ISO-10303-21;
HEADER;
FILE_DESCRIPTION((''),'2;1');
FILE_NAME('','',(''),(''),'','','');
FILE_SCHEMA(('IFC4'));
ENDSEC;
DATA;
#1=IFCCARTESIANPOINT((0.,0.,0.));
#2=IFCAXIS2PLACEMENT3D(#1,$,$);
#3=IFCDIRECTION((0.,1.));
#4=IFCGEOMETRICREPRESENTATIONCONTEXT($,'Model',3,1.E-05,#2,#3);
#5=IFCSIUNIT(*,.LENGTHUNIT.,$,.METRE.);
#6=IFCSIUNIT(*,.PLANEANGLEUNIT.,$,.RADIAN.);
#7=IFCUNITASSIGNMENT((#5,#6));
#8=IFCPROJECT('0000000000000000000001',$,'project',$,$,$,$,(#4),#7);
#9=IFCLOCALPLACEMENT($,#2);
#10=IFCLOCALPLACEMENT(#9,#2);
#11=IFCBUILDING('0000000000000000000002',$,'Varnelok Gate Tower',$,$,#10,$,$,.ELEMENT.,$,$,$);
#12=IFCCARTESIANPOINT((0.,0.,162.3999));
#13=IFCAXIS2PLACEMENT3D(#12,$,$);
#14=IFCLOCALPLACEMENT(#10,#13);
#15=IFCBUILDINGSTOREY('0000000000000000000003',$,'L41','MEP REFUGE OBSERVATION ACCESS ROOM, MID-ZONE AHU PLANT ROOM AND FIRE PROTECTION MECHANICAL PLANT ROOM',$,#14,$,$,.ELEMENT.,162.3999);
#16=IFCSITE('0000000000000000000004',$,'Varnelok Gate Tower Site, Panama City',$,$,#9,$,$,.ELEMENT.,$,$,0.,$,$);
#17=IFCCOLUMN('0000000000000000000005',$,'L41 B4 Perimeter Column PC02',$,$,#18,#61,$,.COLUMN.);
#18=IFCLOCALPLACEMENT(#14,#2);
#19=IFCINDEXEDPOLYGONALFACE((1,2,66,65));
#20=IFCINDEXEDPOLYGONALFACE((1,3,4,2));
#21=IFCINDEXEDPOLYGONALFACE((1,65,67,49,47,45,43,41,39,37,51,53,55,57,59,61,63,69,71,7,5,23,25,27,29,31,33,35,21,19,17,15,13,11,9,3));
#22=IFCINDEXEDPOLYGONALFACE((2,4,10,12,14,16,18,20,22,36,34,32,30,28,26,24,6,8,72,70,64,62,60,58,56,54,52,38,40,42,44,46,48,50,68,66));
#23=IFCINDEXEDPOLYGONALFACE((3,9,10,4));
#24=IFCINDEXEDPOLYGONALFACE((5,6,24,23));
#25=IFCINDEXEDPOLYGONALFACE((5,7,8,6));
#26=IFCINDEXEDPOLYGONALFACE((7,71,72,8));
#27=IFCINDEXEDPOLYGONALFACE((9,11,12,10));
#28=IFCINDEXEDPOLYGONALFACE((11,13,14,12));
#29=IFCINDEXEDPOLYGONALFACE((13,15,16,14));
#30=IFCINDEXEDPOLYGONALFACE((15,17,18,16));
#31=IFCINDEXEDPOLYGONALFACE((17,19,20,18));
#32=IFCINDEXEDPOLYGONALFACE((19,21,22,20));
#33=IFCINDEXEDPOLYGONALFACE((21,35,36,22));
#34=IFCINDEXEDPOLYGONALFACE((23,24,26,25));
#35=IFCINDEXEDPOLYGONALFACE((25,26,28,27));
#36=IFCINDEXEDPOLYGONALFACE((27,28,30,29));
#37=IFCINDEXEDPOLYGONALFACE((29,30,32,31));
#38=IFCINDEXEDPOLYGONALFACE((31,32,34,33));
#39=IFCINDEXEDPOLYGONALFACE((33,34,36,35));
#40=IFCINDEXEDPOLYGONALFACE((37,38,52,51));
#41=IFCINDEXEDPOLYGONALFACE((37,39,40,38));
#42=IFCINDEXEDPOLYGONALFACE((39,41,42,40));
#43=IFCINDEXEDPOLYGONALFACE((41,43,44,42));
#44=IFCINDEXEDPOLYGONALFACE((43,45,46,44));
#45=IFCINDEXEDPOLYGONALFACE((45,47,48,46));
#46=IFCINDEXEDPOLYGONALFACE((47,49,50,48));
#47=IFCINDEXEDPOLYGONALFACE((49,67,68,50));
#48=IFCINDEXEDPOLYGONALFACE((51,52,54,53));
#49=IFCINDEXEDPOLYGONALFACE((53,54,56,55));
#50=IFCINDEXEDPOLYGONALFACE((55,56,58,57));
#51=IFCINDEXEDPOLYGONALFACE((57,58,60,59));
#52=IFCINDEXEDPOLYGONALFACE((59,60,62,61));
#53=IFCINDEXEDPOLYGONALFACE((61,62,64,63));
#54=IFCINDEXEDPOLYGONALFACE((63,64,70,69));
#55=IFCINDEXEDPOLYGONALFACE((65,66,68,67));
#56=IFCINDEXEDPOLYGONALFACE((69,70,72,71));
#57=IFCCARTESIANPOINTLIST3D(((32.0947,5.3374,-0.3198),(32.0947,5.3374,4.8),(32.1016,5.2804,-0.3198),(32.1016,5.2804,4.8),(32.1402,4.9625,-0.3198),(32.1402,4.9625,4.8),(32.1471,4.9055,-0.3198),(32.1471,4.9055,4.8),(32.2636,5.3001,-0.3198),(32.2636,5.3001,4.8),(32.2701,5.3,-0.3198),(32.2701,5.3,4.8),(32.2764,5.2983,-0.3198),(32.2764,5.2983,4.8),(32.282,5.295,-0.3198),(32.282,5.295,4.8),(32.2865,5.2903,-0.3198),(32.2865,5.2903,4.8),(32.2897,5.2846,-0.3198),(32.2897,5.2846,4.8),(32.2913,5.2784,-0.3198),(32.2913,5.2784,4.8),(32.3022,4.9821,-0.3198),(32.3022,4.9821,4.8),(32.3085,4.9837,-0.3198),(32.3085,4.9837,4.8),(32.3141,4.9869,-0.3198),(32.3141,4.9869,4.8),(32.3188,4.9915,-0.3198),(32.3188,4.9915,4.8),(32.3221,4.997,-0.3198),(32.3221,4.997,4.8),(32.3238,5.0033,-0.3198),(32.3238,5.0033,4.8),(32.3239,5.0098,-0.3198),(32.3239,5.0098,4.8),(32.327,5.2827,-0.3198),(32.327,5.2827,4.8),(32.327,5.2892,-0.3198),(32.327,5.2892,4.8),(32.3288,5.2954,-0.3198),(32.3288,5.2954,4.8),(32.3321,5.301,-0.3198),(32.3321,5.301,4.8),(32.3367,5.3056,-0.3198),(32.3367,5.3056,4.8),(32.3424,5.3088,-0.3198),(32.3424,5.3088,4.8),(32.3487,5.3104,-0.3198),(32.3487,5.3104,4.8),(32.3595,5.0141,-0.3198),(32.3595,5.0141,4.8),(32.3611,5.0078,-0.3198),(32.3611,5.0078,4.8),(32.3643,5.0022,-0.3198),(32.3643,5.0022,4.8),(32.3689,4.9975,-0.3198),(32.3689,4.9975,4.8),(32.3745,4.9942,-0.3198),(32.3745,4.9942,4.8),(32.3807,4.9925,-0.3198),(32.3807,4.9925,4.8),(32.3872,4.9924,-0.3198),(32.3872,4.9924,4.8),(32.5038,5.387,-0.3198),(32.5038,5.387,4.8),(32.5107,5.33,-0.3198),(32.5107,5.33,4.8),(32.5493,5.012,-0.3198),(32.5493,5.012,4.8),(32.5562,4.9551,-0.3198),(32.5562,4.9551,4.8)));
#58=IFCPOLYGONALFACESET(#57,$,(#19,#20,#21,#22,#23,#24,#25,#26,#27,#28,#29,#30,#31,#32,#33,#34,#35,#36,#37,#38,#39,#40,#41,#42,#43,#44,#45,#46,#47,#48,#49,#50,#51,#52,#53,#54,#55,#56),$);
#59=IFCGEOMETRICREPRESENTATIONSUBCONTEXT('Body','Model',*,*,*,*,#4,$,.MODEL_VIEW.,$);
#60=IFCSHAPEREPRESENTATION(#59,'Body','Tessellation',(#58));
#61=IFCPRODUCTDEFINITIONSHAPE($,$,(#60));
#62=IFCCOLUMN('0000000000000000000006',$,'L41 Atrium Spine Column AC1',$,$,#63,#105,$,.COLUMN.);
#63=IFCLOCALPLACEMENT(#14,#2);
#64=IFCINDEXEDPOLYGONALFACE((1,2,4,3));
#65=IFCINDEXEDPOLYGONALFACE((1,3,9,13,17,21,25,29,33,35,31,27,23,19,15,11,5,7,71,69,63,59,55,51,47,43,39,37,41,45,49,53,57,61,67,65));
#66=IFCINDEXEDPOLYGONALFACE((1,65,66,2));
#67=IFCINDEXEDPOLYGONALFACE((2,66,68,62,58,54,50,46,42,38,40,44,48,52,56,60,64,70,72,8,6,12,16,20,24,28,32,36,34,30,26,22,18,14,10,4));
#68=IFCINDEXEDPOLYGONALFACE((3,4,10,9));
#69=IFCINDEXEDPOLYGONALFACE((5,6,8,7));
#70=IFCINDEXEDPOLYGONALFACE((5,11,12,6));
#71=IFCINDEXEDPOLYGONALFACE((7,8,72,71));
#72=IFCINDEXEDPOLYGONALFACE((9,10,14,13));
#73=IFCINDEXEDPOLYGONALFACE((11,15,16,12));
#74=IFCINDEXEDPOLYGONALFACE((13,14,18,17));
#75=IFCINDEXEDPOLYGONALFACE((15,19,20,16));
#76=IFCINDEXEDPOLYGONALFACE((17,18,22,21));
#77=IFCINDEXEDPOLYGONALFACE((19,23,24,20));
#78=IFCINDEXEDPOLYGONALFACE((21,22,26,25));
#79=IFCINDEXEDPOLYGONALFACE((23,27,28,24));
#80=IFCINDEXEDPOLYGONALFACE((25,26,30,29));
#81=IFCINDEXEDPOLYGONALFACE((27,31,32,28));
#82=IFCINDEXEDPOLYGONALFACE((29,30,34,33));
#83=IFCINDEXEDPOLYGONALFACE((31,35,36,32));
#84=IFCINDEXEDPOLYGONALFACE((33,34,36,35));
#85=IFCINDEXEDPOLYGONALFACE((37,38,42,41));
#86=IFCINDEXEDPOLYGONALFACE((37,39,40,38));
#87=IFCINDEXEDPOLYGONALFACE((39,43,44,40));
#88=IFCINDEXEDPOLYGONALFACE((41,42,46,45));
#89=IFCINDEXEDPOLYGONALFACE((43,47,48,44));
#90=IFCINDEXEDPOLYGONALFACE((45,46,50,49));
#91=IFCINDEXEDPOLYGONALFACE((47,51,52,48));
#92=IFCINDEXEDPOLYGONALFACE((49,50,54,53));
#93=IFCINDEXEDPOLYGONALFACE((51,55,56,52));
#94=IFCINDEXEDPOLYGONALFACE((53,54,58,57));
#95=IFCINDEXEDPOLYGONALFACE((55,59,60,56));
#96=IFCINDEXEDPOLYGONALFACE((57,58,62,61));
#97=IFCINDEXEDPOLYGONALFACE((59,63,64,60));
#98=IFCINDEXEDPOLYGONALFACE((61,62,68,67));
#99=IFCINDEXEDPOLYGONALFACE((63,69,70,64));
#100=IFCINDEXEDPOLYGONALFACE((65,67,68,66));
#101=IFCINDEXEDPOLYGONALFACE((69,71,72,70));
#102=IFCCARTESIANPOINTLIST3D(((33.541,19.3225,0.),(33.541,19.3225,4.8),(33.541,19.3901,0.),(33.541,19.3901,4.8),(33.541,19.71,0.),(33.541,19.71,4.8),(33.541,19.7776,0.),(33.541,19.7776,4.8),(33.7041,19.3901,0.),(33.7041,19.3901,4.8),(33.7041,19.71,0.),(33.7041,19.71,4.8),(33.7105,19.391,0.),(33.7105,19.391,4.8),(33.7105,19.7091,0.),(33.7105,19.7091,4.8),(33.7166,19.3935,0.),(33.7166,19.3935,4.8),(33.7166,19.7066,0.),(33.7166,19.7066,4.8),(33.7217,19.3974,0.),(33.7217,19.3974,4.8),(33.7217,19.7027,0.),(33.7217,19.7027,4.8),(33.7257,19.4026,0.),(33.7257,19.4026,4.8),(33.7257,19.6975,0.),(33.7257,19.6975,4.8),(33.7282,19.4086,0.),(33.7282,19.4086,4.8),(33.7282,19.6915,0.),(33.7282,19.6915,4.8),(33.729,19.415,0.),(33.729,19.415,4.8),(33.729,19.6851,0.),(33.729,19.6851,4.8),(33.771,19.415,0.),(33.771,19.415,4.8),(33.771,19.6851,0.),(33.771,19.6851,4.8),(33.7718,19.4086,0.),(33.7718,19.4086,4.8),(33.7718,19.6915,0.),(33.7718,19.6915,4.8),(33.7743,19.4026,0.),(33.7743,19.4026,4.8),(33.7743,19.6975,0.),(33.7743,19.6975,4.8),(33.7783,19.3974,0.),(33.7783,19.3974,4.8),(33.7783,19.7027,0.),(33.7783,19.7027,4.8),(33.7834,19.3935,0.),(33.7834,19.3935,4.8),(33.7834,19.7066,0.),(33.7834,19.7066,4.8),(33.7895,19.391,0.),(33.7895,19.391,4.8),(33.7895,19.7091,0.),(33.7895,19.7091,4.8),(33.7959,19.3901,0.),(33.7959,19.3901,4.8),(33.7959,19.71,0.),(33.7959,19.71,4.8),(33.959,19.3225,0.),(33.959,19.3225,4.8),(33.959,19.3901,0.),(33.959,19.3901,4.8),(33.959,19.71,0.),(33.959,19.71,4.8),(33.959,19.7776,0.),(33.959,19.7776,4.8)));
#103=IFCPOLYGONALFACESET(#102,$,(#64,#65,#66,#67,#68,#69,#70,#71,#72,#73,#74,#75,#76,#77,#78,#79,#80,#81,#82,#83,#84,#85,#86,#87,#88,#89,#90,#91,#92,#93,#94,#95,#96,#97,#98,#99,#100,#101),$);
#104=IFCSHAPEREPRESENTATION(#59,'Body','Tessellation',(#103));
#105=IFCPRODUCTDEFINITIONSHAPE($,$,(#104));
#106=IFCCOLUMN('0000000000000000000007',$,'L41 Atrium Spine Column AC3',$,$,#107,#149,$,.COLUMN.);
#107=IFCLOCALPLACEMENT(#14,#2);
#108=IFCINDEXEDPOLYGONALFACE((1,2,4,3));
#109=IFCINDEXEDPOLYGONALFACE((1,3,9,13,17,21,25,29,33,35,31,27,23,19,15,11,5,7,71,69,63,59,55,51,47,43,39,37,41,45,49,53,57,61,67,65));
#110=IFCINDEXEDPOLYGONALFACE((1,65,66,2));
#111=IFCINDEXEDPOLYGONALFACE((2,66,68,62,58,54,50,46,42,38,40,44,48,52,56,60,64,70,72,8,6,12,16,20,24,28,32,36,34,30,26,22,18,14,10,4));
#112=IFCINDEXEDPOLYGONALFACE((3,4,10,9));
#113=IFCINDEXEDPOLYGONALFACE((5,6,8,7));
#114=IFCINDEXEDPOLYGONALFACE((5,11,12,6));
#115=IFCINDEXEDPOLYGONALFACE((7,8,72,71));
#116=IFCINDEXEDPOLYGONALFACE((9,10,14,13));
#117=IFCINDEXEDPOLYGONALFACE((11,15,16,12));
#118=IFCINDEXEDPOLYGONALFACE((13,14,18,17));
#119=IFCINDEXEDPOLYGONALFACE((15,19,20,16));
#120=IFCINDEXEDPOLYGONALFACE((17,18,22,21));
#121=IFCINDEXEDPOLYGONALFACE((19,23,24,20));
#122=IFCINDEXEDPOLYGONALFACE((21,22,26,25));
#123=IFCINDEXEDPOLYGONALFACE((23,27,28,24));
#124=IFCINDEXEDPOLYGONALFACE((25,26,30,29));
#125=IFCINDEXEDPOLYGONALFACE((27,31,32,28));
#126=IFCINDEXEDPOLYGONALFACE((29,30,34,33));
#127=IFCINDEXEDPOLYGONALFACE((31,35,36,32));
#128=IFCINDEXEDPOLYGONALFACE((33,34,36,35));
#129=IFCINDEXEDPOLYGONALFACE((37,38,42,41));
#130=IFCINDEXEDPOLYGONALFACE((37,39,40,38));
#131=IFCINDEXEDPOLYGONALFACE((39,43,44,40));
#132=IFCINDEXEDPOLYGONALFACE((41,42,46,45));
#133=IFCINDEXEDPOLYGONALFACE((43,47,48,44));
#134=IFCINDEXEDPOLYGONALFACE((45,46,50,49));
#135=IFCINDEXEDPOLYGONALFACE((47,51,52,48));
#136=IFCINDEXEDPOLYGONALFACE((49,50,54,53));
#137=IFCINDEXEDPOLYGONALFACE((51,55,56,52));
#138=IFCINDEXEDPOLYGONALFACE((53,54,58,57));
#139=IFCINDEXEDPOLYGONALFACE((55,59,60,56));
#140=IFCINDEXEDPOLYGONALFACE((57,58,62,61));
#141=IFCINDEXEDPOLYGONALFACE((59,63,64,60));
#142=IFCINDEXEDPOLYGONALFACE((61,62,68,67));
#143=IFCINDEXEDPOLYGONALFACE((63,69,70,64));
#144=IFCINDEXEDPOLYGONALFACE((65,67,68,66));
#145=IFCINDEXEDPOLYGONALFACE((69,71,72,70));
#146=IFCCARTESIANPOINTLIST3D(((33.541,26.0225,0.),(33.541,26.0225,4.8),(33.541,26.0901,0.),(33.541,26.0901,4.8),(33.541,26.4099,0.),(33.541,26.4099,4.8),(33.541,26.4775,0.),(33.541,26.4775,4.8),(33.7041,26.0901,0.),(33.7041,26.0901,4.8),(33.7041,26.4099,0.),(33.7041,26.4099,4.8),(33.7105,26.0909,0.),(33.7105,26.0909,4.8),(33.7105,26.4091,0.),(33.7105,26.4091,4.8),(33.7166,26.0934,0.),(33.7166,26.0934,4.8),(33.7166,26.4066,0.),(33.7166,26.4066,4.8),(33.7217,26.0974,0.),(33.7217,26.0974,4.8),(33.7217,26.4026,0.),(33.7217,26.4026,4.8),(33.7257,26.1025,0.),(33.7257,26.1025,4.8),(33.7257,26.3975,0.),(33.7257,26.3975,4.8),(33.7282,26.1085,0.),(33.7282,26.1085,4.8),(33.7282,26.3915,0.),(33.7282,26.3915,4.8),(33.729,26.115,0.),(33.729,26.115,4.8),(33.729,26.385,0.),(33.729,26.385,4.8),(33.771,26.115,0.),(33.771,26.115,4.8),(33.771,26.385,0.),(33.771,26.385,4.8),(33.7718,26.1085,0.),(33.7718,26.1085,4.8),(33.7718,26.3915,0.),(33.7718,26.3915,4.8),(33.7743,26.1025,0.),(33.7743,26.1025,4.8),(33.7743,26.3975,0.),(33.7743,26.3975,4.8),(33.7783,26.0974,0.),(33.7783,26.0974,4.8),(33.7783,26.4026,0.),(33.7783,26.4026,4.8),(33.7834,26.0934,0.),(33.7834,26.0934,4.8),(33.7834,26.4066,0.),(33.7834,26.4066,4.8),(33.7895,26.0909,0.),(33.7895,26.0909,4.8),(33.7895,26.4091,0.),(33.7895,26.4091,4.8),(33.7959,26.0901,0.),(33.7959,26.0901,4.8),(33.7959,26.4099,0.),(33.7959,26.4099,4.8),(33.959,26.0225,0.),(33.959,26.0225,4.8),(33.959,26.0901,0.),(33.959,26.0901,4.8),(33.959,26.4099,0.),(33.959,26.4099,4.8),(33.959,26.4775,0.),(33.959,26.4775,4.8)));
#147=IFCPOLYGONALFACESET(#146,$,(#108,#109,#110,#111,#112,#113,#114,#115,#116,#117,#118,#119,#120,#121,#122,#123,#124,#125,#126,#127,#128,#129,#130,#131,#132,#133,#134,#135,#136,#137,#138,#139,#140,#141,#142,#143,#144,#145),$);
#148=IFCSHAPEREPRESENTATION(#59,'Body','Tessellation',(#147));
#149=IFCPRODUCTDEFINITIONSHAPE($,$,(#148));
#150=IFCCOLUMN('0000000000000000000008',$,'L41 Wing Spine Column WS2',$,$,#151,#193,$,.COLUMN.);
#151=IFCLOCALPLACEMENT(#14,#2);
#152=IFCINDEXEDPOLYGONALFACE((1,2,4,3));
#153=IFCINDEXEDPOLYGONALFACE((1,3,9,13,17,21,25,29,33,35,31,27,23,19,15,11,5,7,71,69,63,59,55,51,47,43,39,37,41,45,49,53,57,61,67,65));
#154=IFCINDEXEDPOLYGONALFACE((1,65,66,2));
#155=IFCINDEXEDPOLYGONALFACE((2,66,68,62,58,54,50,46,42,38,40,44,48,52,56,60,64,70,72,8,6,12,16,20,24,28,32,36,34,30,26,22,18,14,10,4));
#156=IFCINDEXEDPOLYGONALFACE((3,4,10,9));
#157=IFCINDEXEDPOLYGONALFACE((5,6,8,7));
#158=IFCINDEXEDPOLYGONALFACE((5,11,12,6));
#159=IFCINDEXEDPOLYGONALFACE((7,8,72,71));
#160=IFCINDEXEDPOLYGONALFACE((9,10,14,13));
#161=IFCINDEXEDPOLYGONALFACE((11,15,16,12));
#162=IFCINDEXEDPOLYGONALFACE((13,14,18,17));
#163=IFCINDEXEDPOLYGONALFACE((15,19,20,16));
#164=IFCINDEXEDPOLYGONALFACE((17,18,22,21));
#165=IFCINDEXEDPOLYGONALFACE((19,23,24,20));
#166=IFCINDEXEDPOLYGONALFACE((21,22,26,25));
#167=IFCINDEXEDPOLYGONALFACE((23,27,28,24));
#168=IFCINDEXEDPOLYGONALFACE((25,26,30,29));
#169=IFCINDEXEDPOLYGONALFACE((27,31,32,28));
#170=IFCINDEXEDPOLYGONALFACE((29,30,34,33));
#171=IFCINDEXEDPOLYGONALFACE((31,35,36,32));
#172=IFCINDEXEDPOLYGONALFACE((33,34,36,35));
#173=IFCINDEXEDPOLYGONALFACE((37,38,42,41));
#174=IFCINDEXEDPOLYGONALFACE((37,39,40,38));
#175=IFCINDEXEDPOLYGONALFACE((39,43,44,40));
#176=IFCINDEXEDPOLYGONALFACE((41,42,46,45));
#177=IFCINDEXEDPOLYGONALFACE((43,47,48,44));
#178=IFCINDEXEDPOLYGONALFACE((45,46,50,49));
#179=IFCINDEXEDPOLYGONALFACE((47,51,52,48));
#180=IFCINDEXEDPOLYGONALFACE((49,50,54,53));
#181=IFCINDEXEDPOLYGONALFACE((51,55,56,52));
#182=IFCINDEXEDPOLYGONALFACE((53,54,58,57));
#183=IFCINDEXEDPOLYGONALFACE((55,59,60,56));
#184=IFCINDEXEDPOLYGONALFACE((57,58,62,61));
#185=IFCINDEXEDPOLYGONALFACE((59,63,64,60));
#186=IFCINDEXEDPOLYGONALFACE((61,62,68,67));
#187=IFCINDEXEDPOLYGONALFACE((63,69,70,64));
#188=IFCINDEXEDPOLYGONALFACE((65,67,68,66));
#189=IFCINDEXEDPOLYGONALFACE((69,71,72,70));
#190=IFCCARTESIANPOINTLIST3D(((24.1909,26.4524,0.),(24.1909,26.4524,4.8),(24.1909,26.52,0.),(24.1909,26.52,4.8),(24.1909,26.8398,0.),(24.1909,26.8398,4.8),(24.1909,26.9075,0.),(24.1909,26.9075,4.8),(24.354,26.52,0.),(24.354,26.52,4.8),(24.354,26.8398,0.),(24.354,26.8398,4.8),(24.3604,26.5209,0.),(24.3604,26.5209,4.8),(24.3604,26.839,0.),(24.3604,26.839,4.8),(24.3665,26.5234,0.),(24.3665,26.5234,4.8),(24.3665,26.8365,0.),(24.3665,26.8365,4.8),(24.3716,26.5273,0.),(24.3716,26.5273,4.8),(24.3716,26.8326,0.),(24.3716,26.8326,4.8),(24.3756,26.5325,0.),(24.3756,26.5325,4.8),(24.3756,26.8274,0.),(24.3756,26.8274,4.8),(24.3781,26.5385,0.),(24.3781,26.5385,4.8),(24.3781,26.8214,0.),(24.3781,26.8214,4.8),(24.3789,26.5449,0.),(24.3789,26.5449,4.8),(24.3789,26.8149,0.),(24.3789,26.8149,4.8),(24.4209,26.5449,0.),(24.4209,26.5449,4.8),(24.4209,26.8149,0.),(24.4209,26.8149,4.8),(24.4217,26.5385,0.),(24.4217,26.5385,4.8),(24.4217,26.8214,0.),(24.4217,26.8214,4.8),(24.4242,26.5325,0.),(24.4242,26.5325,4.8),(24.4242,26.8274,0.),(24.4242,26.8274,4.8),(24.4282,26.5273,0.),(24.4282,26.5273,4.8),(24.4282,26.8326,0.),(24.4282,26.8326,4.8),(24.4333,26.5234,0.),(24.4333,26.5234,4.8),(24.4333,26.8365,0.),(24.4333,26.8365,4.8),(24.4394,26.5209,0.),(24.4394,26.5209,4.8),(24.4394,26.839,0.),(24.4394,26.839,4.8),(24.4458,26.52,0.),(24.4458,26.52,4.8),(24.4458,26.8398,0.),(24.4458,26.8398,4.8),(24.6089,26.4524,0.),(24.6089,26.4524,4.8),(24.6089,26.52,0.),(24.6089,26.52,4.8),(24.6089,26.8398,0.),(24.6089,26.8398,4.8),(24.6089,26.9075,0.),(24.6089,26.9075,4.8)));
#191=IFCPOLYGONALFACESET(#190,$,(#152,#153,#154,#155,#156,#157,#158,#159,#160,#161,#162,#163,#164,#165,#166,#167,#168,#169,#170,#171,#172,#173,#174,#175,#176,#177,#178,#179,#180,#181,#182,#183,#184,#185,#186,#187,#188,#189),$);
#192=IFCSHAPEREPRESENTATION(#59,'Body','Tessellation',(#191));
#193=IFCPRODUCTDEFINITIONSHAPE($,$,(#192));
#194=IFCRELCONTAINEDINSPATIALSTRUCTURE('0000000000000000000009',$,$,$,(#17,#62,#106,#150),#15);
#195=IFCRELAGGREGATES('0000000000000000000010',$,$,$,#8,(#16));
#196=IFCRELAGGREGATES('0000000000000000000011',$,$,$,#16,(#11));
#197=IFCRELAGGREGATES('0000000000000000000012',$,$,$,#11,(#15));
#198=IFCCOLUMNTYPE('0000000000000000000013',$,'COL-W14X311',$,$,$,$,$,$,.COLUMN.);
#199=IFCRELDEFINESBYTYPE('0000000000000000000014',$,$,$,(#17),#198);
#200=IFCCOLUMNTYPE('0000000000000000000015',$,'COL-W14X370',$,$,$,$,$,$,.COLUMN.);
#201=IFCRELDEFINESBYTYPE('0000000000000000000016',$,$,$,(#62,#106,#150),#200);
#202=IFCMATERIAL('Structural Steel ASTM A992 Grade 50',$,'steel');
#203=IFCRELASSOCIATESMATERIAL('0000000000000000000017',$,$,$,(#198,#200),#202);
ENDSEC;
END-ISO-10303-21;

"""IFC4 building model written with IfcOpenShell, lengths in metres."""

from ifc_helpers import new_model, si_unit, direction, frame, origin, origin_2d, place, context, subcontext, project, spatial, i_section, extrude, material, material_profile, profile_set, type_object, element, save


model = new_model("IFC4")

# Units and contexts
model_context = context("Model", 3, precision=1e-05, world=origin(), true_north=direction((0.0, 1.0)))
body_context = subcontext(model_context, "Body", "Model", "MODEL_VIEW")
ifc_project = project(units=[si_unit("LENGTHUNIT", "METRE"), si_unit("PLANEANGLEUNIT", "RADIAN")], contexts=[model_context])

# Site, building, storey
site_placement = place(None, origin())
site = spatial("IfcSite", under=ifc_project, at=site_placement, Name="Varnelok Gate Tower Site, Panama City", CompositionType="ELEMENT", RefElevation=0.0)
building_placement = place(site_placement, origin())
building = spatial("IfcBuilding", under=site, at=building_placement, Name="Varnelok Gate Tower", CompositionType="ELEMENT")
storey_placement = place(building_placement, frame((0.0, 0.0, 162.3999)))
storey = spatial("IfcBuildingStorey", under=building, at=storey_placement, Name="L41", Description="MEP REFUGE OBSERVATION ACCESS ROOM, MID-ZONE AHU PLANT ROOM AND FIRE PROTECTION MECHANICAL PLANT ROOM", CompositionType="ELEMENT", Elevation=162.3999)

# Columns
ifc_material_1 = material(Name="Structural Steel ASTM A992 Grade 50", Category="steel")
ifc_material_profile_1 = material_profile(ifc_material_1, i_section(OverallWidth=0.4121, OverallDepth=0.4351, WebThickness=0.0359, FlangeThickness=0.0574, FilletRadius=0.0249, at=origin_2d()), Name="W14X311")
ifc_profile_set_1 = profile_set([ifc_material_profile_1], Name="Structural Steel ASTM A992 Grade 50")
column_type_1 = type_object("IfcColumnType", Name="COL-W14X311", PredefinedType="COLUMN", material=ifc_profile_set_1)
column_placement = place(storey_placement, frame((32.3254, 5.1462, -0.3198), z_axis=(0.0, 0.0, 1.0), x_axis=(0.992732, 0.120345, 0.0)))
element("IfcColumn", 1, at=column_placement, inside=storey, type_object=column_type_1, Name="L41 B4 Perimeter Column PC02", PredefinedType="COLUMN", context=body_context, shape_type="SweptSolid", body=[
    extrude(i_section(OverallWidth=0.4121, OverallDepth=0.4351, WebThickness=0.0359, FlangeThickness=0.0574, FilletRadius=0.0249, at=origin_2d()), origin(), (0.0, 0.0, 1.0), 5.1199),
])
ifc_material_profile_2 = material_profile(ifc_material_1, i_section(OverallWidth=0.418, OverallDepth=0.4551, WebThickness=0.042, FlangeThickness=0.0676, FilletRadius=0.0249, at=origin_2d()), Name="W14X370")
ifc_profile_set_2 = profile_set([ifc_material_profile_2], Name="Structural Steel ASTM A992 Grade 50")
column_type_2 = type_object("IfcColumnType", Name="COL-W14X370", PredefinedType="COLUMN", material=ifc_profile_set_2)
for number, where, z_axis, x_axis, name in (
    (2, (33.75, 19.55, 0.0), (0.0, 0.0, 1.0), (1.0, 0.0, 0.0), "L41 Atrium Spine Column AC1"),
    (3, (33.75, 26.25, 0.0), (0.0, 0.0, 1.0), (1.0, 0.0, 0.0), "L41 Atrium Spine Column AC3"),
    (4, (24.3999, 26.6799, 0.0), (0.0, 0.0, 1.0), (1.0, 0.0, 0.0), "L41 Wing Spine Column WS2"),
):
    element("IfcColumn", number, at=place(storey_placement, frame(where, z_axis=z_axis, x_axis=x_axis)), inside=storey, type_object=column_type_2, Name=name, PredefinedType="COLUMN", context=body_context, shape_type="SweptSolid", body=[
        extrude(i_section(OverallWidth=0.418, OverallDepth=0.4551, WebThickness=0.042, FlangeThickness=0.0676, FilletRadius=0.0249, at=origin_2d()), origin(), (0.0, 0.0, 1.0), 4.8),
    ])

save(model, "model.ifc")
